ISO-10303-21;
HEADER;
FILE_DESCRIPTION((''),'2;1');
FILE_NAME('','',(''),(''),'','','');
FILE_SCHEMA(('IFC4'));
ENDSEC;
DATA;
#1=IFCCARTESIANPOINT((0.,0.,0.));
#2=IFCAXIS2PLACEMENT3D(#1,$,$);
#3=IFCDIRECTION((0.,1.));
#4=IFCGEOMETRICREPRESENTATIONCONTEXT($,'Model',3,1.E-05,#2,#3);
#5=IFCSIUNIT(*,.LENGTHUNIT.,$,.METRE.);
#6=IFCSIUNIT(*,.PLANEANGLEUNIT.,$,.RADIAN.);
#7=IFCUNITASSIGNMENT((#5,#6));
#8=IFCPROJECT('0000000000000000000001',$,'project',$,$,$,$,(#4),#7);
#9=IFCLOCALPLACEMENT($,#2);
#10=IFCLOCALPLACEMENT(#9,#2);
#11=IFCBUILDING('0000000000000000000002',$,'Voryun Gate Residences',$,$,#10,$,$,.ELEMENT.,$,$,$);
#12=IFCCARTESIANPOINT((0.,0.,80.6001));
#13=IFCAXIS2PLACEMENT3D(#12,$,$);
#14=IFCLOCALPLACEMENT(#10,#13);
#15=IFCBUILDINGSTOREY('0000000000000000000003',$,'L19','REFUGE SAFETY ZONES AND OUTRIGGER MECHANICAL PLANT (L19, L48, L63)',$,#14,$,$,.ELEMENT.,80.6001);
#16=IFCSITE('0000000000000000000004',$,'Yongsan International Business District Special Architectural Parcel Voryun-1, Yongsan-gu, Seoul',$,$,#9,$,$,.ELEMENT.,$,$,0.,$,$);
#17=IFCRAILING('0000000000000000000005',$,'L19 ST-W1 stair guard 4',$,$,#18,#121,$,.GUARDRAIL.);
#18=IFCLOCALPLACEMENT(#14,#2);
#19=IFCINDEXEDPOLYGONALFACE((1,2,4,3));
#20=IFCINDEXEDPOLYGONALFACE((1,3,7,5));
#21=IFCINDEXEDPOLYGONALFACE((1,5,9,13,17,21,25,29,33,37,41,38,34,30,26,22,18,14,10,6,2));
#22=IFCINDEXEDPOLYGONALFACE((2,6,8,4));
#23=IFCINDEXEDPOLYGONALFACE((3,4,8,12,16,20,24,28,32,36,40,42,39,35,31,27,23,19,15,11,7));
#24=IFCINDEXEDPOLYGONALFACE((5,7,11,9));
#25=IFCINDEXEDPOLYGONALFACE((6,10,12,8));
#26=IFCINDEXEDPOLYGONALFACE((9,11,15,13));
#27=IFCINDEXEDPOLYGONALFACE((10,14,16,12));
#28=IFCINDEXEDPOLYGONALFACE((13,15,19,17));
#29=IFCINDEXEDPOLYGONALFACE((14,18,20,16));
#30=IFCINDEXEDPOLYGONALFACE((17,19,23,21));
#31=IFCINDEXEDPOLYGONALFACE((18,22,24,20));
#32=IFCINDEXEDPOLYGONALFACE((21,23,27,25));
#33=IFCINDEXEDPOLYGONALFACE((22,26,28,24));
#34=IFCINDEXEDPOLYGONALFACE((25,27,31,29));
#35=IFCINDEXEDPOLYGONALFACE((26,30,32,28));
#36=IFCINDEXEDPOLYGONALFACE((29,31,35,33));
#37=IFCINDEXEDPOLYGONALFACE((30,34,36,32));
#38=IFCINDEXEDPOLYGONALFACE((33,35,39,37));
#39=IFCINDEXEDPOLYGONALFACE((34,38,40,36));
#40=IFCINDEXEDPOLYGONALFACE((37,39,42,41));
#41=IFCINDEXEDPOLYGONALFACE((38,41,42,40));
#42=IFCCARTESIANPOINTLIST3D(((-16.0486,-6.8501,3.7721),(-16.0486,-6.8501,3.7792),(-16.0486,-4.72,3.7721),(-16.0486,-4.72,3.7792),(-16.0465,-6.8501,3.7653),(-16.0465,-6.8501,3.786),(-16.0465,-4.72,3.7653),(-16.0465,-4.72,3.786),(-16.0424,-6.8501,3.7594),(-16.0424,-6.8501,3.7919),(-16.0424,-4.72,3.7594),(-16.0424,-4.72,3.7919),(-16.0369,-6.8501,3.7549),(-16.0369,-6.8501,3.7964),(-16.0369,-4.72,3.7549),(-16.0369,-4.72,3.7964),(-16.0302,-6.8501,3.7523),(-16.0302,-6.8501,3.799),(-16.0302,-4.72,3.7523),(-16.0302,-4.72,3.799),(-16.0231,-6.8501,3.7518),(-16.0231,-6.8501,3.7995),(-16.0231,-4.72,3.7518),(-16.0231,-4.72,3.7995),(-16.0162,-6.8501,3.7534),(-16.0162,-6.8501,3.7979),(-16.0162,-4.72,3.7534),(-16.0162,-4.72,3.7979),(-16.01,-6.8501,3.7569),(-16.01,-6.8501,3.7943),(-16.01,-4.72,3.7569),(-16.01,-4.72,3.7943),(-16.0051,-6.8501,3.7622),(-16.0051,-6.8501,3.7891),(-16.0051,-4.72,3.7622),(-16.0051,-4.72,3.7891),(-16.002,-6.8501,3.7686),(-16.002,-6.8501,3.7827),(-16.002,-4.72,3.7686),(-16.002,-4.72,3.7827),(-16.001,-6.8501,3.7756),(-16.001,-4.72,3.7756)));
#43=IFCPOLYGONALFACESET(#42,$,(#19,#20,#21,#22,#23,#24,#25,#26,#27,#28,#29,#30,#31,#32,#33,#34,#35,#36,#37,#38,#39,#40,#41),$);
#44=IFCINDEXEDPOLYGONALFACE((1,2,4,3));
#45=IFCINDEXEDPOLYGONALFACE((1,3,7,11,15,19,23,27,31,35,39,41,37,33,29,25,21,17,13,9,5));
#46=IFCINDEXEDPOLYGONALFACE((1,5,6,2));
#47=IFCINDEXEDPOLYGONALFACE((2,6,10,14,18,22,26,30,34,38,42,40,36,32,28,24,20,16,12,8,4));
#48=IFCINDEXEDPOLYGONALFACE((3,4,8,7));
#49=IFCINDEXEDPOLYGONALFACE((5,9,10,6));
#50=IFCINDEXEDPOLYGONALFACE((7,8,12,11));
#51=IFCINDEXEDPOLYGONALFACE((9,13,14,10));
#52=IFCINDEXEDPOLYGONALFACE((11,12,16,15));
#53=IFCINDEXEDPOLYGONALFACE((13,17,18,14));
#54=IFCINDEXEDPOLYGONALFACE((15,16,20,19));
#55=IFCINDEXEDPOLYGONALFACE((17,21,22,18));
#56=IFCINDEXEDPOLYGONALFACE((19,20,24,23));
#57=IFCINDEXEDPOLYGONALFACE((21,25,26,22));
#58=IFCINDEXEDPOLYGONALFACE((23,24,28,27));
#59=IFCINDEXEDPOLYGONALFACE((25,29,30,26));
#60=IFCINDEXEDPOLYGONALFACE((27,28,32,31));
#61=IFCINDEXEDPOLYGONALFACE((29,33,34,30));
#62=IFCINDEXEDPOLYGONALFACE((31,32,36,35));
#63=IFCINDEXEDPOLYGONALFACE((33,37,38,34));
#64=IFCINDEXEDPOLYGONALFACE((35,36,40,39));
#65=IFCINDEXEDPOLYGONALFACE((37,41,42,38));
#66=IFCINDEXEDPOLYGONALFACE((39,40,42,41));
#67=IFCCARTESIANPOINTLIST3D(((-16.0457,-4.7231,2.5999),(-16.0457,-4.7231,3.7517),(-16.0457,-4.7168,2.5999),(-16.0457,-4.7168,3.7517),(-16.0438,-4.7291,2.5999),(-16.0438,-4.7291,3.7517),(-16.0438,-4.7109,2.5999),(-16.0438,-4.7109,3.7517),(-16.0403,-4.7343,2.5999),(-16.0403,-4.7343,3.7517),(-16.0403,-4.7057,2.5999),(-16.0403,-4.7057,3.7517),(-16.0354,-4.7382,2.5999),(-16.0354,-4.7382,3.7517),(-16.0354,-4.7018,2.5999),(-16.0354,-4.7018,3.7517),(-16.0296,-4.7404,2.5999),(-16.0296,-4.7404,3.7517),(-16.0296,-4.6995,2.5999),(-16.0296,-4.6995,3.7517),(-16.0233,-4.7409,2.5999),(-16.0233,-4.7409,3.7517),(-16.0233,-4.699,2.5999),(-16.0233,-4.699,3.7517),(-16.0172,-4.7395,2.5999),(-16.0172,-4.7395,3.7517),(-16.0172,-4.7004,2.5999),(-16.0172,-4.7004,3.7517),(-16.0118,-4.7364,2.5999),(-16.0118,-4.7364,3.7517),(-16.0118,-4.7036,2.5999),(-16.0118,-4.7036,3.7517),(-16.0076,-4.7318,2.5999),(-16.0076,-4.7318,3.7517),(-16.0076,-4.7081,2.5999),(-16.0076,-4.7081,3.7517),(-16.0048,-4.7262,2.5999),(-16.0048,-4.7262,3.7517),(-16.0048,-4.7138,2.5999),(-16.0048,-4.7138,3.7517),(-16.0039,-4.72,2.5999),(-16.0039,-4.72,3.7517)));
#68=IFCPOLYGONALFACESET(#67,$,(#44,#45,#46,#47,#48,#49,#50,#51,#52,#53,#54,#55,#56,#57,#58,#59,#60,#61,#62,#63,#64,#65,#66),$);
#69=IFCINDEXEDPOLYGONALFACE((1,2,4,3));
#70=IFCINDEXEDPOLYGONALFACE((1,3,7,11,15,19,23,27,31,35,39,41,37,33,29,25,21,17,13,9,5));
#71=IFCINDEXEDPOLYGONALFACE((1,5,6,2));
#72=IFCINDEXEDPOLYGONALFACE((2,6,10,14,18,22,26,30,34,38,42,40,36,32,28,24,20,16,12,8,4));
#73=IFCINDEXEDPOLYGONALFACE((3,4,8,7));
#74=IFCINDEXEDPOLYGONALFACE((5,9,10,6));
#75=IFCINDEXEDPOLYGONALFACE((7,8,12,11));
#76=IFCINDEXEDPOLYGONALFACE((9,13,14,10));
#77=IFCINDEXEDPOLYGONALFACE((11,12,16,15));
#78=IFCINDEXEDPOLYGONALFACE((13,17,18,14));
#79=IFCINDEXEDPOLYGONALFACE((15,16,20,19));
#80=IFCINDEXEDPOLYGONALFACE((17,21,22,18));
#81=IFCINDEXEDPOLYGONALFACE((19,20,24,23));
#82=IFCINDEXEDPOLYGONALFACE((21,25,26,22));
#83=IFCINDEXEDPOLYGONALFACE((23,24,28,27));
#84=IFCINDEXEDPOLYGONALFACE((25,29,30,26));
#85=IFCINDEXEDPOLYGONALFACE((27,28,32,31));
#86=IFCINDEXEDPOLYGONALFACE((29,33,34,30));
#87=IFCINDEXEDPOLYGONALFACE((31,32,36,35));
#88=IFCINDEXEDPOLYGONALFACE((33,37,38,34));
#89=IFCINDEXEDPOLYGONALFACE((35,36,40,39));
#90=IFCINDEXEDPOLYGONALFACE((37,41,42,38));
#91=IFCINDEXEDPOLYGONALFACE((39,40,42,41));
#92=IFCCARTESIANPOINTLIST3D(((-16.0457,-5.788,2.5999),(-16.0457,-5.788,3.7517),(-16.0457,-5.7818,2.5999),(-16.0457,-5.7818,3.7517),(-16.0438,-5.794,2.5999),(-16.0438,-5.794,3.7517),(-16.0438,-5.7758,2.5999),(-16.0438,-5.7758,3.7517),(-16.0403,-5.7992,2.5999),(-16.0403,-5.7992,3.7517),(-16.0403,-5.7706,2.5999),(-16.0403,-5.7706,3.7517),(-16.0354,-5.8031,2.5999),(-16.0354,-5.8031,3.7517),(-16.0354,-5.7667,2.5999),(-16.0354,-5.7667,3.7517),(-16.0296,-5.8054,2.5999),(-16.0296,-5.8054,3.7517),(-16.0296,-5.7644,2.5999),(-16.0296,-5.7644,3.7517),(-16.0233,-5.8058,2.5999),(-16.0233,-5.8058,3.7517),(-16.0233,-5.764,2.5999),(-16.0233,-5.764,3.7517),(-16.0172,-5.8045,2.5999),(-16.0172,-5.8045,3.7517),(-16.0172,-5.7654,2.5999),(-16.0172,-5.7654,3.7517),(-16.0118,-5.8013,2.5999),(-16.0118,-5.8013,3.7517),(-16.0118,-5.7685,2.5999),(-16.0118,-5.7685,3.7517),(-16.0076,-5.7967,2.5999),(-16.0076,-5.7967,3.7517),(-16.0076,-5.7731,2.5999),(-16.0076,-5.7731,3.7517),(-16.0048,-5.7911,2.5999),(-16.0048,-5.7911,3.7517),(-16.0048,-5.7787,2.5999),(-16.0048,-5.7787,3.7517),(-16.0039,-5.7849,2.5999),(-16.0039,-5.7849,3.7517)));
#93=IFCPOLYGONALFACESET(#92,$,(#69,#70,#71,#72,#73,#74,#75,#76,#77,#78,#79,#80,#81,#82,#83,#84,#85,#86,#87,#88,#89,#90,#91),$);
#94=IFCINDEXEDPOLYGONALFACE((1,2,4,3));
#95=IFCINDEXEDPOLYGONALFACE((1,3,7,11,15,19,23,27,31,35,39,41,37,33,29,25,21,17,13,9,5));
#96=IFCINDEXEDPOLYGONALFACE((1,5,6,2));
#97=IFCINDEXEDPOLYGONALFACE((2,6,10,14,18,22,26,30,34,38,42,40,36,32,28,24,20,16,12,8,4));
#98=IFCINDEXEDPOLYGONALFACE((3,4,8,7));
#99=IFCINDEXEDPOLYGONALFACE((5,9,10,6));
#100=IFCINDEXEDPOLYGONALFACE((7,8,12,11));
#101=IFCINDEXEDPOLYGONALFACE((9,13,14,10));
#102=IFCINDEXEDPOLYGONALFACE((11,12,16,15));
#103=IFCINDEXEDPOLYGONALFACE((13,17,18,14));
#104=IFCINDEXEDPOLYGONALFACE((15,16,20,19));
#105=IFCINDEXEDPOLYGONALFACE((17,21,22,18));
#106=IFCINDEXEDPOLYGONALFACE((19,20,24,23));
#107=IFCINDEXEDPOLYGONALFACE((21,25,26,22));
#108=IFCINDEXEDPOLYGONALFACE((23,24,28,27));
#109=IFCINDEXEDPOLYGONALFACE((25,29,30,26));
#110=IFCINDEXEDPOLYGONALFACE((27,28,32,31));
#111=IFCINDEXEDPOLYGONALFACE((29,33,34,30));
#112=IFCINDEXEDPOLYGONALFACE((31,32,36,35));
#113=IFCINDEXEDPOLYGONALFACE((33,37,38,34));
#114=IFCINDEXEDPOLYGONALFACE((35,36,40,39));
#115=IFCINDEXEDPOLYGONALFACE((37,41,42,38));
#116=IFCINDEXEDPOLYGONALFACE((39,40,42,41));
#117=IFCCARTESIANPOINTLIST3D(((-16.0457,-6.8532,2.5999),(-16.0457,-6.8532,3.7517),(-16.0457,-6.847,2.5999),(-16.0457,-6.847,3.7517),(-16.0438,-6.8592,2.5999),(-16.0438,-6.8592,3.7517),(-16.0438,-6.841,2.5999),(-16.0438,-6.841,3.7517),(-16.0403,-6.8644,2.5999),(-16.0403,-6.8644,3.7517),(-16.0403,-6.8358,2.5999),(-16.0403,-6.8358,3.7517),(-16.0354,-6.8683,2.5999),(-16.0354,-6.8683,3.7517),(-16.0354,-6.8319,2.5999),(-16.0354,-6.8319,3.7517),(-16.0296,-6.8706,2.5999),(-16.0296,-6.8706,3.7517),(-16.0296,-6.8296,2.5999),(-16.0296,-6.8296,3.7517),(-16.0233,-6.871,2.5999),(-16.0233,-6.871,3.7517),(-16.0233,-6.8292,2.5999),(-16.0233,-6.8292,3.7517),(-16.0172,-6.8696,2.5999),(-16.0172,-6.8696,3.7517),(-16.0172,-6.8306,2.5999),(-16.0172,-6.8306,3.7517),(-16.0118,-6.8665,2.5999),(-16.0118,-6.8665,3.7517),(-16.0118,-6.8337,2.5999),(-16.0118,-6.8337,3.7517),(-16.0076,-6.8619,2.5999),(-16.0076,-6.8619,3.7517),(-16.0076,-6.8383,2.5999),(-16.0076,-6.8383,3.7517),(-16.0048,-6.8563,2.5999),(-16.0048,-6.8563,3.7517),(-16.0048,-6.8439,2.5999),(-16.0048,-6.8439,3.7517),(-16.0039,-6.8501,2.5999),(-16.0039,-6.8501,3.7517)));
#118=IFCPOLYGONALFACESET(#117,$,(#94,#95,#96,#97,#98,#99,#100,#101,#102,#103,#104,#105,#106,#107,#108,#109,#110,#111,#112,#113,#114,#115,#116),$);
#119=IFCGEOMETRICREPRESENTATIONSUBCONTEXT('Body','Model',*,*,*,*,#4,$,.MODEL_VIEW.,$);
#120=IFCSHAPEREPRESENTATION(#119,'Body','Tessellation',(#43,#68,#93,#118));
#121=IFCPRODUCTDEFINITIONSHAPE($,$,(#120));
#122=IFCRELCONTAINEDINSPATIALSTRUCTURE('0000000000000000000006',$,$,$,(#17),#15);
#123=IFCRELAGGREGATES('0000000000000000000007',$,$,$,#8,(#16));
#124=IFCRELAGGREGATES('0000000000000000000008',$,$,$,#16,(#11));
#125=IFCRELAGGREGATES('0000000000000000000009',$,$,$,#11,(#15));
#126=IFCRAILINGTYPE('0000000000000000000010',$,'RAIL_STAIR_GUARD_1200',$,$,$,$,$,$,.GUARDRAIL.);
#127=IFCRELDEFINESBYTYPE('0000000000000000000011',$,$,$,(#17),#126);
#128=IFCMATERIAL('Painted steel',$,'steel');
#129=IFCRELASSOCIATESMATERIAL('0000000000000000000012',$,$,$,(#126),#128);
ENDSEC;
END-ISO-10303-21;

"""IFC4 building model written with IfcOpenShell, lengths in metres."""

from ifc_helpers import new_model, si_unit, direction, frame, origin, origin_2d, place, context, subcontext, project, spatial, circle, extrude, material, type_object, element, save


model = new_model("IFC4")

# Units and contexts
model_context = context("Model", 3, precision=1e-05, world=origin(), true_north=direction((0.0, 1.0)))
body_context = subcontext(model_context, "Body", "Model", "MODEL_VIEW")
ifc_project = project(units=[si_unit("LENGTHUNIT", "METRE"), si_unit("PLANEANGLEUNIT", "RADIAN")], contexts=[model_context])

# Site, building, storey
site_placement = place(None, origin())
site = spatial("IfcSite", under=ifc_project, at=site_placement, Name="Yongsan International Business District Special Architectural Parcel Voryun-1, Yongsan-gu, Seoul", CompositionType="ELEMENT", RefElevation=0.0)
building_placement = place(site_placement, origin())
building = spatial("IfcBuilding", under=site, at=building_placement, Name="Voryun Gate Residences", CompositionType="ELEMENT")
storey_placement = place(building_placement, frame((0.0, 0.0, 80.6001)))
storey = spatial("IfcBuildingStorey", under=building, at=storey_placement, Name="L19", Description="REFUGE SAFETY ZONES AND OUTRIGGER MECHANICAL PLANT (L19, L48, L63)", CompositionType="ELEMENT", Elevation=80.6001)

# Railing
ifc_material_1 = material(Name="Painted steel", Category="steel")
railing_type_1 = type_object("IfcRailingType", Name="RAIL_STAIR_GUARD_1200", PredefinedType="GUARDRAIL", material=ifc_material_1)
for number, where, name in (
    (1, (-16.0249, -4.72, 2.5999), "L19 ST-W1 stair guard 4"),
):
    element("IfcRailing", number, at=place(storey_placement, frame(where)), inside=storey, type_object=railing_type_1, Name=name, PredefinedType="GUARDRAIL", context=body_context, shape_type="SweptSolid", body=[
        extrude(circle(Radius=0.0239, at=origin_2d()), frame((0.0, 0.0, 1.1758), z_axis=(0.0, -1.0, 0.0), x_axis=(1.0, 0.0, 0.0)), (0.0, 0.0, 1.0), 2.1301),
        extrude(circle(Radius=0.021, at=origin_2d()), origin(), (0.0, 0.0, 1.0), 1.1519),
        extrude(circle(Radius=0.021, at=origin_2d()), frame((0.0, -1.0649, 0.0)), (0.0, 0.0, 1.0), 1.1519),
        extrude(circle(Radius=0.021, at=origin_2d()), frame((0.0, -2.1301, 0.0)), (0.0, 0.0, 1.0), 1.1519),
    ])

save(model, "model.ifc")
